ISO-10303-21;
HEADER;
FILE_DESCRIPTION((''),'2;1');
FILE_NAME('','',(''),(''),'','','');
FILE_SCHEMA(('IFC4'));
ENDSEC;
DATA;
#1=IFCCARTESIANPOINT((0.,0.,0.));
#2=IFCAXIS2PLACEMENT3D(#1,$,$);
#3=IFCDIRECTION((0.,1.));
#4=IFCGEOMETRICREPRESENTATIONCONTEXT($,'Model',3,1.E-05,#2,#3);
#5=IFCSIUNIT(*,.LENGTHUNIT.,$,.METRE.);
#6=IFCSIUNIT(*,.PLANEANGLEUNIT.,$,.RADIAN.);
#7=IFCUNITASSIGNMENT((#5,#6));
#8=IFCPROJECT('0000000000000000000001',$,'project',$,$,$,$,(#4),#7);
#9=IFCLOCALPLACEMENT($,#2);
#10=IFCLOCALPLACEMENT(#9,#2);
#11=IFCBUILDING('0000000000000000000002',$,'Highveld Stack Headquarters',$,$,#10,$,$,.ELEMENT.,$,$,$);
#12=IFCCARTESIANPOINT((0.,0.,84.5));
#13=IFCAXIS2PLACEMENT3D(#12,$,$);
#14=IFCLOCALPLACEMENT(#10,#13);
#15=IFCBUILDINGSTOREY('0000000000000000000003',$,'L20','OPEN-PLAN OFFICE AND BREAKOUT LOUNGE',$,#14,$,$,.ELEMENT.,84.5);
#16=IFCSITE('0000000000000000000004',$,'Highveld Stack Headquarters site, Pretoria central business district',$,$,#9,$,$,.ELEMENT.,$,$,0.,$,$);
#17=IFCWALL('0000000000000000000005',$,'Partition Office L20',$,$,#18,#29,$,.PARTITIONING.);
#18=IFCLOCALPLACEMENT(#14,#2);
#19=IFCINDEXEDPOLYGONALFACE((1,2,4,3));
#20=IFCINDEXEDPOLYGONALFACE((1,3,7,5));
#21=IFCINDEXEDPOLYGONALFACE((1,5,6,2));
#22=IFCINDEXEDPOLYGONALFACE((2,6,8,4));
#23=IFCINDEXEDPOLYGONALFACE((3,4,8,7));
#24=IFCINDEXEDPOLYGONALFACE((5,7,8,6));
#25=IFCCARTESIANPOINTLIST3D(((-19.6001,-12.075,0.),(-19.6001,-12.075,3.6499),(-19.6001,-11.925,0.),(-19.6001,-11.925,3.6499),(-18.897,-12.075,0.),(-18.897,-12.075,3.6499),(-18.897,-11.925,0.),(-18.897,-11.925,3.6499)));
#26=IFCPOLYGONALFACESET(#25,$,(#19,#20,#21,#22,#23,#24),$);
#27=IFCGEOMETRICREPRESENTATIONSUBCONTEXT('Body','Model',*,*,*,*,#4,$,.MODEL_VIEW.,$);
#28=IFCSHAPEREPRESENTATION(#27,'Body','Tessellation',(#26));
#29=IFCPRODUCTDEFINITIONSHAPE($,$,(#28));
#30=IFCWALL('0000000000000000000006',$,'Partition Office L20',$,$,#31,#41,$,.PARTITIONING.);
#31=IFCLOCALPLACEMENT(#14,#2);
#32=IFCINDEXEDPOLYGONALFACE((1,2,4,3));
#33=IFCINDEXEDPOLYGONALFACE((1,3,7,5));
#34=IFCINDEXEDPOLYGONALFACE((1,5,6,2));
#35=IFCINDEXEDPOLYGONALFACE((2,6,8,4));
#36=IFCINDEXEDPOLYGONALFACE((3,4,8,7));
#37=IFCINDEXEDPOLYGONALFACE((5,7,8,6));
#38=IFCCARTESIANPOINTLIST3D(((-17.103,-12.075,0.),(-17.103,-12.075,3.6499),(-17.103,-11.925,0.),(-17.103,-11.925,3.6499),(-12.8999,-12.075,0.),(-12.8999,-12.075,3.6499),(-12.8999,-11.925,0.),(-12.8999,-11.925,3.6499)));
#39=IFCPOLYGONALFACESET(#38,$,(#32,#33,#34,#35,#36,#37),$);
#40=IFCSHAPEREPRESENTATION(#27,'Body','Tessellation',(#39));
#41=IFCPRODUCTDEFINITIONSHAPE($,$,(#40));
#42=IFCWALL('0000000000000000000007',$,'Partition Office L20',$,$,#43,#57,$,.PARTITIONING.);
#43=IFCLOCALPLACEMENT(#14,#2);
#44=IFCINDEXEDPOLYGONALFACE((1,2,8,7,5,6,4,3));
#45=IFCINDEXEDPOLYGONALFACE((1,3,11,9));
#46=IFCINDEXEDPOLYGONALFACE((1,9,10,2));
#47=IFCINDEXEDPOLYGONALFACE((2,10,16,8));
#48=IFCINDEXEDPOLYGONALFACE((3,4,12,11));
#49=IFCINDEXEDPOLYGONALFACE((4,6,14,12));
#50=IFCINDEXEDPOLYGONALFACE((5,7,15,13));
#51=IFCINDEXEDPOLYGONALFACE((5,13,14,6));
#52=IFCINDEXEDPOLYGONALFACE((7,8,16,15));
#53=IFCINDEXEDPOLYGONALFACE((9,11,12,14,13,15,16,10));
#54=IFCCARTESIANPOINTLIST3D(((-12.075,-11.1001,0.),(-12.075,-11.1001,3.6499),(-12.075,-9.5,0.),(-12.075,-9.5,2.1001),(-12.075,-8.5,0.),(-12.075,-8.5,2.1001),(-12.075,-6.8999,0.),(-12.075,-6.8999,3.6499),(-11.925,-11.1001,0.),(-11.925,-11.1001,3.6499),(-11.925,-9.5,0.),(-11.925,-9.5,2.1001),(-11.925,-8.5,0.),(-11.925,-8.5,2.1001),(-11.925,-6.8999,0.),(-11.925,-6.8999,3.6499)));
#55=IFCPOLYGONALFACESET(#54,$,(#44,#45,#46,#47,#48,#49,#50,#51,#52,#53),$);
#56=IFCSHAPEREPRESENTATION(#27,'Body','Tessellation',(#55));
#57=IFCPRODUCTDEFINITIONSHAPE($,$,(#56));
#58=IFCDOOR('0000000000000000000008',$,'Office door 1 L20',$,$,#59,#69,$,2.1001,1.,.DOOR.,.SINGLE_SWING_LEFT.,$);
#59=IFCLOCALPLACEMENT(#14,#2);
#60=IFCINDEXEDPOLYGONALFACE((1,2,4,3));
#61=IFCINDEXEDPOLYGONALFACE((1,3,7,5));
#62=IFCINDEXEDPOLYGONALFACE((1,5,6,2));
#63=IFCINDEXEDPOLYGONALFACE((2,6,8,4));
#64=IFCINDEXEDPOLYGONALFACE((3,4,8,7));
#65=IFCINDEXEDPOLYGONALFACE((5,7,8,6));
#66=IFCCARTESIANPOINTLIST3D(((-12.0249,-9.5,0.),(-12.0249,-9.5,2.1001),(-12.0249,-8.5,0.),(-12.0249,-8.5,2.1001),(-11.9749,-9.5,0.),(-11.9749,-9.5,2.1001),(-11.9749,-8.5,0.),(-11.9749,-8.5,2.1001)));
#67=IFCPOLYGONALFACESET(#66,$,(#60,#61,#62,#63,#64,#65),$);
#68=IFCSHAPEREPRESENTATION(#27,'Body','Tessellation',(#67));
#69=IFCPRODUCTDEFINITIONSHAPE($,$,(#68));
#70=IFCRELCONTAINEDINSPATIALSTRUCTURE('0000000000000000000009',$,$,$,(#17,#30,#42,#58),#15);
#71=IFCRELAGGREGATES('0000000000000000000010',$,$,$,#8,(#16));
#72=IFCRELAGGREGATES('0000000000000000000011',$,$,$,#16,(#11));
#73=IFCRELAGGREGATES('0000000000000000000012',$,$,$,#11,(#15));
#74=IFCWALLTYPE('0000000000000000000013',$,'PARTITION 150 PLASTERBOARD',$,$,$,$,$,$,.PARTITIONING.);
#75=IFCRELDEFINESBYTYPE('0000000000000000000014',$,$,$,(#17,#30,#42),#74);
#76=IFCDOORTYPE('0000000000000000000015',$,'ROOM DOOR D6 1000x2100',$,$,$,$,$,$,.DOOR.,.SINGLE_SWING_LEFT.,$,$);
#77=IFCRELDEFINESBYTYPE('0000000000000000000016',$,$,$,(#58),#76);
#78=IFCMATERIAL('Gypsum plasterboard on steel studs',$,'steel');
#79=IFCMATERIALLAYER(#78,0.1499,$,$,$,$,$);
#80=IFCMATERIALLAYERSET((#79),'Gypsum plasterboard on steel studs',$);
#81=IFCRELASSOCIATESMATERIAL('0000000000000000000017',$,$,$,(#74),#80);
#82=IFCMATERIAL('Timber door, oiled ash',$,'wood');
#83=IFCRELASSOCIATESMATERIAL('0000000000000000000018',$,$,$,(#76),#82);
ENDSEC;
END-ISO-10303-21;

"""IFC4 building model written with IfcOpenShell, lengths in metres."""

from ifc_helpers import new_model, si_unit, direction, frame, frame_2d, origin, place, context, subcontext, project, spatial, rectangle, extrude, material, layer, layer_set, type_object, element, fill, save


model = new_model("IFC4")

# Units and contexts
model_context = context("Model", 3, precision=1e-05, world=origin(), true_north=direction((0.0, 1.0)))
body_context = subcontext(model_context, "Body", "Model", "MODEL_VIEW")
ifc_project = project(units=[si_unit("LENGTHUNIT", "METRE"), si_unit("PLANEANGLEUNIT", "RADIAN")], contexts=[model_context])

# Site, building, storey
site_placement = place(None, origin())
site = spatial("IfcSite", under=ifc_project, at=site_placement, Name="Highveld Stack Headquarters site, Pretoria central business district", CompositionType="ELEMENT", RefElevation=0.0)
building_placement = place(site_placement, origin())
building = spatial("IfcBuilding", under=site, at=building_placement, Name="Highveld Stack Headquarters", CompositionType="ELEMENT")
storey_placement = place(building_placement, frame((0.0, 0.0, 84.5)))
storey = spatial("IfcBuildingStorey", under=building, at=storey_placement, Name="L20", Description="OPEN-PLAN OFFICE AND BREAKOUT LOUNGE", CompositionType="ELEMENT", Elevation=84.5)

# Walls
ifc_material_1 = material(Name="Gypsum plasterboard on steel studs", Category="steel")
ifc_layer_1 = layer(ifc_material_1, 0.1499)
ifc_layer_set_1 = layer_set([ifc_layer_1], Name="Gypsum plasterboard on steel studs")
wall_type = type_object("IfcWallType", Name="PARTITION 150 PLASTERBOARD", PredefinedType="PARTITIONING", material=ifc_layer_set_1)
wall_1_placement = place(storey_placement, frame((-19.6001, -12.0, 0.0), z_axis=(0.0, 0.0, 1.0), x_axis=(1.0, 0.0, 0.0)))
element("IfcWall", 1, at=wall_1_placement, inside=storey, type_object=wall_type, Name="Partition Office L20", PredefinedType="PARTITIONING", context=body_context, shape_type="SweptSolid", body=[
    extrude(rectangle(XDim=0.7031, YDim=0.1499, at=frame_2d((0.3516, 0.0))), origin(), (0.0, 0.0, 1.0), 3.6499),
])
wall_2_placement = place(storey_placement, frame((-17.103, -12.0, 0.0), z_axis=(0.0, 0.0, 1.0), x_axis=(1.0, 0.0, 0.0)))
element("IfcWall", 2, at=wall_2_placement, inside=storey, type_object=wall_type, Name="Partition Office L20", PredefinedType="PARTITIONING", context=body_context, shape_type="SweptSolid", body=[
    extrude(rectangle(XDim=4.2031, YDim=0.1499, at=frame_2d((2.1016, 0.0))), origin(), (0.0, 0.0, 1.0), 3.6499),
])

# Wall, opening, door
wall_3_placement = place(storey_placement, frame((-12.0, -11.1001, 0.0), z_axis=(0.0, 0.0, 1.0), x_axis=(0.0, 1.0, 0.0)))
wall_3 = element("IfcWall", 3, at=wall_3_placement, inside=storey, type_object=wall_type, Name="Partition Office L20", PredefinedType="PARTITIONING", context=body_context, shape_type="SweptSolid", body=[
    extrude(rectangle(XDim=4.2002, YDim=0.1499, at=frame_2d((2.1001, 0.0))), origin(), (0.0, 0.0, 1.0), 3.6499),
])
opening_placement = place(wall_3_placement, frame((1.6001, 0.0, 0.0)))
opening = element("IfcOpeningElement", 4, at=opening_placement, cuts=wall_3, PredefinedType="OPENING", context=body_context, shape_type="SweptSolid", body=[
    extrude(rectangle(XDim=1.0, YDim=2.1001, at=frame_2d((0.5, 1.05))), frame((0.0, 0.085, 0.0), z_axis=(0.0, -1.0, 0.0), x_axis=(1.0, 0.0, 0.0)), (0.0, 0.0, 1.0), 0.1699),
])
ifc_material_2 = material(Name="Timber door, oiled ash", Category="wood")
door_type = type_object("IfcDoorType", Name="ROOM DOOR D6 1000x2100", OperationType="SINGLE_SWING_LEFT", PredefinedType="DOOR", material=ifc_material_2)
door_placement = place(opening_placement, origin())
door = element("IfcDoor", 5, at=door_placement, inside=storey, type_object=door_type, Name="Office door 1 L20", OperationType="SINGLE_SWING_LEFT", OverallHeight=2.1001, OverallWidth=1.0, PredefinedType="DOOR", context=body_context, shape_type="SweptSolid", body=[
    extrude(rectangle(XDim=1.0, YDim=2.1001, at=frame_2d((0.5, 1.05))), frame((0.0, 0.0249, 0.0), z_axis=(0.0, -1.0, 0.0), x_axis=(1.0, 0.0, 0.0)), (0.0, 0.0, 1.0), 0.05),
])
fill(opening, door)

save(model, "model.ifc")
